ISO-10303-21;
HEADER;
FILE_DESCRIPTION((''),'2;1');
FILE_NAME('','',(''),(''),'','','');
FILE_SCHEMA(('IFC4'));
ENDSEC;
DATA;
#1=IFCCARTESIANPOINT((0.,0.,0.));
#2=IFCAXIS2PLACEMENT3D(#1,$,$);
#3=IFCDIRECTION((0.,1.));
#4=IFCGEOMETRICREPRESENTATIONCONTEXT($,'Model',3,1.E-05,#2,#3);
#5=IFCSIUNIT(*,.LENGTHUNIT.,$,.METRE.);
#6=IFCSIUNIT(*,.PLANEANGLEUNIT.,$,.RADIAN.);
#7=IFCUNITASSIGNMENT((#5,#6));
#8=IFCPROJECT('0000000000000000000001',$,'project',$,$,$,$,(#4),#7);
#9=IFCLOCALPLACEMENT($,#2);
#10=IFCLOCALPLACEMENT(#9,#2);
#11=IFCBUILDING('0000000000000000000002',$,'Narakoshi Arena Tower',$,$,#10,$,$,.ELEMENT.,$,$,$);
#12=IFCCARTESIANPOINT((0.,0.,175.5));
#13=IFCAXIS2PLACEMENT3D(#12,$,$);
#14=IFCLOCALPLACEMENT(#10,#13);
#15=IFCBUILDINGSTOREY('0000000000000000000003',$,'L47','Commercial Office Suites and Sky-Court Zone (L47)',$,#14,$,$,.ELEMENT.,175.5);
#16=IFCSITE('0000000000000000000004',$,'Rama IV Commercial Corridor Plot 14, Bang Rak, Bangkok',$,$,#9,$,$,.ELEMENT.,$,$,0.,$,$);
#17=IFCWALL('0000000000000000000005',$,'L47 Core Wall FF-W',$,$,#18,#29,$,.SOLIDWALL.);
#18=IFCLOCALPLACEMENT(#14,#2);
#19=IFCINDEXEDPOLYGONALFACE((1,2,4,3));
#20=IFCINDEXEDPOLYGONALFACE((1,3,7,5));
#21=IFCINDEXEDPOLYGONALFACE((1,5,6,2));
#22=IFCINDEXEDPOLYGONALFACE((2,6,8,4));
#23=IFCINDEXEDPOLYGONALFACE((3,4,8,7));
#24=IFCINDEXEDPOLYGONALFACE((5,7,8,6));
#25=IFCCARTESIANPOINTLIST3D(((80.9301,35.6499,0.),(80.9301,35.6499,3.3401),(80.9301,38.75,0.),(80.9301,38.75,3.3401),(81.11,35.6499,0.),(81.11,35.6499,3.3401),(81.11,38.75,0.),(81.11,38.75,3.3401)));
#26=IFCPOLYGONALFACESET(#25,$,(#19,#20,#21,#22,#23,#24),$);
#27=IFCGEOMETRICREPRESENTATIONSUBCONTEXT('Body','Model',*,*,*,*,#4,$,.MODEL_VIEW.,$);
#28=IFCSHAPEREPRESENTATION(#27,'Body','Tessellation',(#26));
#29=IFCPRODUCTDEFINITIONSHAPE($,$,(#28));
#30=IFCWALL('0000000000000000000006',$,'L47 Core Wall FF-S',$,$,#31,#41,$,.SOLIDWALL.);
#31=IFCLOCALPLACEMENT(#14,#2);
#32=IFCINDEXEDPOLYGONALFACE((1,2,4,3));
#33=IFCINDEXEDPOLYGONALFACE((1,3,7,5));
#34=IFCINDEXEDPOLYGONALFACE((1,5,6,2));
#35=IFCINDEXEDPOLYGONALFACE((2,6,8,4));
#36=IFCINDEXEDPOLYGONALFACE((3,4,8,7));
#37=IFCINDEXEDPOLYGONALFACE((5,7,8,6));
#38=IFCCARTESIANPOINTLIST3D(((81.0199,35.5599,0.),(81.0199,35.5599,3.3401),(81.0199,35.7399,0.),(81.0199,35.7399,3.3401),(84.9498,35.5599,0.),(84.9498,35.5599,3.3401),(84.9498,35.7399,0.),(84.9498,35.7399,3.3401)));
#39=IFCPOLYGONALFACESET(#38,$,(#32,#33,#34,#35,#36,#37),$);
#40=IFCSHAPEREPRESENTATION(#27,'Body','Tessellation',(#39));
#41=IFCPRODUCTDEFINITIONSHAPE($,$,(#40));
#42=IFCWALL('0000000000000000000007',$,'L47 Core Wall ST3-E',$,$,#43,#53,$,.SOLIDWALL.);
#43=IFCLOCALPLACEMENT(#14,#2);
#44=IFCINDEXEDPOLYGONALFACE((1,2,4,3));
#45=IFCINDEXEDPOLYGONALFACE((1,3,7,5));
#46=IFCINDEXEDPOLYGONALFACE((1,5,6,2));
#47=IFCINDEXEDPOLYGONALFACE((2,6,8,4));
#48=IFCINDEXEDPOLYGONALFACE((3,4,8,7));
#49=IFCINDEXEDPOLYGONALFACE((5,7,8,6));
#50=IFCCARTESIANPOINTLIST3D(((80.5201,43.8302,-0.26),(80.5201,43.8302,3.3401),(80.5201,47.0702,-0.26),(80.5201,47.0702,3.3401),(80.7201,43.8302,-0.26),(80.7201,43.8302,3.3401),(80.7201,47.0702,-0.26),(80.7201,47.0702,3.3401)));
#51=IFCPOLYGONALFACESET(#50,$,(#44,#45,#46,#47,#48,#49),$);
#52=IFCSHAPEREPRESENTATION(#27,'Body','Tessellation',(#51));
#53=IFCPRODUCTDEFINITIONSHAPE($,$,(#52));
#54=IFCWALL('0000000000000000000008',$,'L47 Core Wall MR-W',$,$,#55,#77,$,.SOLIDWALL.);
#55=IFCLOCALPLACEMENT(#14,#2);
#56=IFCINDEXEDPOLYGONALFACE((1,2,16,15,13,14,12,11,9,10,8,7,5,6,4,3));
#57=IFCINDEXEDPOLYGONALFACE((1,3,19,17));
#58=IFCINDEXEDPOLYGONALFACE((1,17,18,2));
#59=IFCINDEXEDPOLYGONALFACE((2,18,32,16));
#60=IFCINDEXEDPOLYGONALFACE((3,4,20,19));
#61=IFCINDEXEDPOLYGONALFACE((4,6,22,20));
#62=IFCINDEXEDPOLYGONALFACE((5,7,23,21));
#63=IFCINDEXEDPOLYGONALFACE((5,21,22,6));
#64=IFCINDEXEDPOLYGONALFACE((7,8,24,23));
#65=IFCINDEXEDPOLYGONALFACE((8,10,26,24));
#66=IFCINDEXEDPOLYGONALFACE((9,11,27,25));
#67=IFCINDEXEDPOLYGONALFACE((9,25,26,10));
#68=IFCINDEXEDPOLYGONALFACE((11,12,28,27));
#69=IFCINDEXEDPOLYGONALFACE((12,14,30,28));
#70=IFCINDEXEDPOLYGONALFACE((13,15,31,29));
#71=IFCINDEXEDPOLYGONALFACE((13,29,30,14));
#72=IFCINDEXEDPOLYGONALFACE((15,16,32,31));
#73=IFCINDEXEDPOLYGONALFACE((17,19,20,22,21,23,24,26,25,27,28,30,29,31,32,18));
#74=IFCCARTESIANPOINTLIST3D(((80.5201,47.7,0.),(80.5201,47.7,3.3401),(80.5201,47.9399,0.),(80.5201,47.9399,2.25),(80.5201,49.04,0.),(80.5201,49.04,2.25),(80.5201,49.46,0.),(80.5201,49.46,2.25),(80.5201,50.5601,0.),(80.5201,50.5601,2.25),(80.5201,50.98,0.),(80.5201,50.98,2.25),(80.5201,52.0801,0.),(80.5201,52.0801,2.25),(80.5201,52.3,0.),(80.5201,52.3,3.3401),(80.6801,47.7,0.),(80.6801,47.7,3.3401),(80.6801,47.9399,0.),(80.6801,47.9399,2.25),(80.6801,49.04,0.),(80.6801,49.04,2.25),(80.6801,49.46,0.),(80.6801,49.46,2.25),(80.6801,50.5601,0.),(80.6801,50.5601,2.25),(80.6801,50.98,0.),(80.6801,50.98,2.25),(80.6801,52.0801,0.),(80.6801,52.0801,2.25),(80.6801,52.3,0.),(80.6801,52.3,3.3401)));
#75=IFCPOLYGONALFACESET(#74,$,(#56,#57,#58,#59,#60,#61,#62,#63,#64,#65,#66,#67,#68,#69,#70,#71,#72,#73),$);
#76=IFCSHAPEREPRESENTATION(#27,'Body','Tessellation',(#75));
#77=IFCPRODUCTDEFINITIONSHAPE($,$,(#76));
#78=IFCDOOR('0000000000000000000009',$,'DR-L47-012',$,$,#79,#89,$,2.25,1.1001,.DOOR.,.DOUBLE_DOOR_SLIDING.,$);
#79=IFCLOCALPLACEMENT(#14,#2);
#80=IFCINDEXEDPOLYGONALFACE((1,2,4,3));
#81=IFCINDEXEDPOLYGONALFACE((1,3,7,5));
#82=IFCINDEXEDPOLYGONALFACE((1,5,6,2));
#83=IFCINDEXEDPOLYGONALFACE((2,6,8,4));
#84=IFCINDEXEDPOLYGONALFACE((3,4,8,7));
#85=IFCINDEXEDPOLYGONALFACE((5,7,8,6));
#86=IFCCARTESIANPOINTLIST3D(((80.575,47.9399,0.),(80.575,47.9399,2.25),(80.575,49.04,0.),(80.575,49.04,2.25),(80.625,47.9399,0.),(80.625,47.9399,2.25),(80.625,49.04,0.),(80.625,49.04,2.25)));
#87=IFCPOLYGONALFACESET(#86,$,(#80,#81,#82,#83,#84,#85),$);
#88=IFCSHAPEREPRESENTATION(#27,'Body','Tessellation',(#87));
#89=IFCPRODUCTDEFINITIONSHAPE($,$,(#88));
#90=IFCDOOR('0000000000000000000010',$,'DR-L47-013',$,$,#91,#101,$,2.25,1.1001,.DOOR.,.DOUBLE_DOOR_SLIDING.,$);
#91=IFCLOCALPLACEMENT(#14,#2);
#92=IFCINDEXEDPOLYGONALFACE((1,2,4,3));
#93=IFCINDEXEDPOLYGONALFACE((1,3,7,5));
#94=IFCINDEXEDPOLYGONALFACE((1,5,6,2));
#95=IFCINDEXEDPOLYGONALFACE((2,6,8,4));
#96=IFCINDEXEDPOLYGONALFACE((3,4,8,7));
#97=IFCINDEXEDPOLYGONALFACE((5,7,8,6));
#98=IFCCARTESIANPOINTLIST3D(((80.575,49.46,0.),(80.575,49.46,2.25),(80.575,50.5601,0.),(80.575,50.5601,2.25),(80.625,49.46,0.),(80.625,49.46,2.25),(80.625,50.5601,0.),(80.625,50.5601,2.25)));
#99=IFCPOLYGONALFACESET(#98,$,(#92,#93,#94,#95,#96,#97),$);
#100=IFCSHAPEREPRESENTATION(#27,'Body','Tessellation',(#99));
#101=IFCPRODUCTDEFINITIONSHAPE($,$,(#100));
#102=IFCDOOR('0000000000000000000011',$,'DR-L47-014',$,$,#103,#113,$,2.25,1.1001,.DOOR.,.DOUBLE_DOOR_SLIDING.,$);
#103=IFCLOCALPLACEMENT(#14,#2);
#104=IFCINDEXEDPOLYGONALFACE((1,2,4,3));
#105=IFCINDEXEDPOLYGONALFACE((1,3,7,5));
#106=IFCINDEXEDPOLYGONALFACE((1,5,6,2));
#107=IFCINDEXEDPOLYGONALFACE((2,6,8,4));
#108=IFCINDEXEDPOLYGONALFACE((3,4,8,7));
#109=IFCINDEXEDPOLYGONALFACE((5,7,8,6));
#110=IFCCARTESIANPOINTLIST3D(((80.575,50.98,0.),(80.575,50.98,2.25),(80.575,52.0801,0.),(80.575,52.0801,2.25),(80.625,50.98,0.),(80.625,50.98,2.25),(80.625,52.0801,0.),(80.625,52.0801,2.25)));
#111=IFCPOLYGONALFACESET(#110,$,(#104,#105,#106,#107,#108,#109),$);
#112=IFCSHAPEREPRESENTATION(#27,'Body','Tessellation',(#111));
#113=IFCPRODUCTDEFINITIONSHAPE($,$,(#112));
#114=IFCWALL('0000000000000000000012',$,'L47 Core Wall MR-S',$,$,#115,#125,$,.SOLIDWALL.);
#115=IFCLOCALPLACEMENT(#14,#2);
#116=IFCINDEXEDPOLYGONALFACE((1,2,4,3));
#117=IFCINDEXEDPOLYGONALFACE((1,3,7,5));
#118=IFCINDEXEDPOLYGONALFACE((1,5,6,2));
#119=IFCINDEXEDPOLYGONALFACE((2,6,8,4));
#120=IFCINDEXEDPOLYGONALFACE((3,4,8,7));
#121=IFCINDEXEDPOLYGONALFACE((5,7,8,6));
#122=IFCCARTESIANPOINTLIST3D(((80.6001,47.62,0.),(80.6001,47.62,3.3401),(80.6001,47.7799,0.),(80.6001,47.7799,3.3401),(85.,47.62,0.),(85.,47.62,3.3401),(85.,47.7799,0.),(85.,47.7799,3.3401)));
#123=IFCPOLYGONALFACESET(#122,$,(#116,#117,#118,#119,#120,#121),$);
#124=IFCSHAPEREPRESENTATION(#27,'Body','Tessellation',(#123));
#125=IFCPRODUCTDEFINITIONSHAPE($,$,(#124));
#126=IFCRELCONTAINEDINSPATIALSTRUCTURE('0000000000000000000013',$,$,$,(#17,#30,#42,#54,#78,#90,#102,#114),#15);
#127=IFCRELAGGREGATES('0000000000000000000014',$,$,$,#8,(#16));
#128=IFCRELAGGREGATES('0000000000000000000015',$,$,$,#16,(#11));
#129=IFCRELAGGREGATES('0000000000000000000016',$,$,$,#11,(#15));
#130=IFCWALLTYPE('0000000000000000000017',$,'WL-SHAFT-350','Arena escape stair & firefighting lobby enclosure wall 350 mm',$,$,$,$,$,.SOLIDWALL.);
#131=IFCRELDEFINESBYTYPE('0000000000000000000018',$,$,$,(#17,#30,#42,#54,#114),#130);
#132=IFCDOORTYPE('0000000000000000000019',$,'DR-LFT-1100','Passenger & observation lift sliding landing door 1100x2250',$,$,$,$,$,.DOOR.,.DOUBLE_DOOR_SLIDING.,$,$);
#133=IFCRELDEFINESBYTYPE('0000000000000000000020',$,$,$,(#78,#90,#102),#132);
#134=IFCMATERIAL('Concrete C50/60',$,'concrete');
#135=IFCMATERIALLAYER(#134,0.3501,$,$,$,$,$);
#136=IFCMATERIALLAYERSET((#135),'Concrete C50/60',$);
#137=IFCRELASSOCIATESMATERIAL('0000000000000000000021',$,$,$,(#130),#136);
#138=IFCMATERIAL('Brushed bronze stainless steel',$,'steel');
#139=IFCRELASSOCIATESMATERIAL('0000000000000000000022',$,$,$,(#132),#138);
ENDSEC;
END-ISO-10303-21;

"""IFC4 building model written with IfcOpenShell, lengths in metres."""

from ifc_helpers import new_model, si_unit, direction, frame, frame_2d, origin, place, context, subcontext, project, spatial, rectangle, extrude, material, layer, layer_set, type_object, element, fill, save


model = new_model("IFC4")

# Units and contexts
model_context = context("Model", 3, precision=1e-05, world=origin(), true_north=direction((0.0, 1.0)))
body_context = subcontext(model_context, "Body", "Model", "MODEL_VIEW")
ifc_project = project(units=[si_unit("LENGTHUNIT", "METRE"), si_unit("PLANEANGLEUNIT", "RADIAN")], contexts=[model_context])

# Site, building, storey
site_placement = place(None, origin())
site = spatial("IfcSite", under=ifc_project, at=site_placement, Name="Rama IV Commercial Corridor Plot 14, Bang Rak, Bangkok", CompositionType="ELEMENT", RefElevation=0.0)
building_placement = place(site_placement, origin())
building = spatial("IfcBuilding", under=site, at=building_placement, Name="Narakoshi Arena Tower", CompositionType="ELEMENT")
storey_placement = place(building_placement, frame((0.0, 0.0, 175.5)))
storey = spatial("IfcBuildingStorey", under=building, at=storey_placement, Name="L47", Description="Commercial Office Suites and Sky-Court Zone (L47)", CompositionType="ELEMENT", Elevation=175.5)

# Shared definitions
ifc_material_1 = material(Name="Concrete C50/60", Category="concrete")
ifc_layer_1 = layer(ifc_material_1, 0.3501)
ifc_layer_set_1 = layer_set([ifc_layer_1], Name="Concrete C50/60")
wall_type_1 = type_object("IfcWallType", Name="WL-SHAFT-350", Description="Arena escape stair & firefighting lobby enclosure wall 350 mm", PredefinedType="SOLIDWALL", material=ifc_layer_set_1)

# Shared definitions
ifc_material_2 = material(Name="Brushed bronze stainless steel", Category="steel")

# Walls
wall_1_placement = place(storey_placement, frame((81.02, 35.6499, 0.0), z_axis=(0.0, 0.0, 1.0), x_axis=(0.0, 1.0, 0.0)))
element("IfcWall", 1, at=wall_1_placement, inside=storey, type_object=wall_type_1, Name="L47 Core Wall FF-W", PredefinedType="SOLIDWALL", context=body_context, shape_type="SweptSolid", body=[
    extrude(rectangle(XDim=3.1001, YDim=0.1799, at=frame_2d((1.55, 0.0))), origin(), (0.0, 0.0, 1.0), 3.3401),
])
wall_2_placement = place(storey_placement, frame((81.02, 35.6499, 0.0), z_axis=(0.0, 0.0, 1.0), x_axis=(1.0, 0.0, 0.0)))
element("IfcWall", 2, at=wall_2_placement, inside=storey, type_object=wall_type_1, Name="L47 Core Wall FF-S", PredefinedType="SOLIDWALL", context=body_context, shape_type="SweptSolid", body=[
    extrude(rectangle(XDim=3.9299, YDim=0.1799, at=frame_2d((1.9648, 0.0))), origin(), (0.0, 0.0, 1.0), 3.3401),
])
wall_3_placement = place(storey_placement, frame((80.6201, 43.8301, -0.26), z_axis=(0.0, 0.0, 1.0), x_axis=(0.0, 1.0, 0.0)))
element("IfcWall", 3, at=wall_3_placement, inside=storey, type_object=wall_type_1, Name="L47 Core Wall ST3-E", PredefinedType="SOLIDWALL", context=body_context, shape_type="SweptSolid", body=[
    extrude(rectangle(XDim=3.24, YDim=0.2, at=frame_2d((1.6201, 0.0))), origin(), (0.0, 0.0, 1.0), 3.6001),
])

# Wall, openings, doors
wall_4_placement = place(storey_placement, frame((80.6001, 47.7, 0.0), z_axis=(0.0, 0.0, 1.0), x_axis=(0.0, 1.0, 0.0)))
wall_4 = element("IfcWall", 4, at=wall_4_placement, inside=storey, type_object=wall_type_1, Name="L47 Core Wall MR-W", PredefinedType="SOLIDWALL", context=body_context, shape_type="SweptSolid", body=[
    extrude(rectangle(XDim=4.6001, YDim=0.1599, at=frame_2d((2.3, 0.0))), origin(), (0.0, 0.0, 1.0), 3.3401),
])
opening_1_placement = place(wall_4_placement, frame((0.24, 0.0, 0.0)))
opening_1 = element("IfcOpeningElement", 5, at=opening_1_placement, cuts=wall_4, PredefinedType="OPENING", context=body_context, shape_type="SweptSolid", body=[
    extrude(rectangle(XDim=1.1001, YDim=2.25, at=frame_2d((0.55, 1.125))), frame((0.0, 0.0898, 0.0), z_axis=(0.0, -1.0, 0.0), x_axis=(1.0, 0.0, 0.0)), (0.0, 0.0, 1.0), 0.1799),
])
opening_2_placement = place(wall_4_placement, frame((1.76, 0.0, 0.0)))
opening_2 = element("IfcOpeningElement", 6, at=opening_2_placement, cuts=wall_4, PredefinedType="OPENING", context=body_context, shape_type="SweptSolid", body=[
    extrude(rectangle(XDim=1.1001, YDim=2.25, at=frame_2d((0.55, 1.125))), frame((0.0, 0.0898, 0.0), z_axis=(0.0, -1.0, 0.0), x_axis=(1.0, 0.0, 0.0)), (0.0, 0.0, 1.0), 0.1799),
])
opening_3_placement = place(wall_4_placement, frame((3.28, 0.0, 0.0)))
opening_3 = element("IfcOpeningElement", 7, at=opening_3_placement, cuts=wall_4, PredefinedType="OPENING", context=body_context, shape_type="SweptSolid", body=[
    extrude(rectangle(XDim=1.1001, YDim=2.25, at=frame_2d((0.55, 1.125))), frame((0.0, 0.0898, 0.0), z_axis=(0.0, -1.0, 0.0), x_axis=(1.0, 0.0, 0.0)), (0.0, 0.0, 1.0), 0.1799),
])
door_type_1 = type_object("IfcDoorType", Name="DR-LFT-1100", Description="Passenger & observation lift sliding landing door 1100x2250", OperationType="DOUBLE_DOOR_SLIDING", PredefinedType="DOOR", material=ifc_material_2)
door_1_placement = place(opening_1_placement, frame((1.1001, 0.0, 0.0), z_axis=(0.0, 0.0, 1.0), x_axis=(-1.0, 0.0, 0.0)))
door_1 = element("IfcDoor", 8, at=door_1_placement, inside=storey, type_object=door_type_1, Name="DR-L47-012", OperationType="DOUBLE_DOOR_SLIDING", OverallHeight=2.25, OverallWidth=1.1001, PredefinedType="DOOR", context=body_context, shape_type="SweptSolid", body=[
    extrude(rectangle(XDim=1.1001, YDim=2.25, at=frame_2d((0.55, 1.125))), frame((0.0, 0.0249, 0.0), z_axis=(0.0, -1.0, 0.0), x_axis=(1.0, 0.0, 0.0)), (0.0, 0.0, 1.0), 0.05),
])
fill(opening_1, door_1)
door_2_placement = place(opening_2_placement, frame((1.1001, 0.0, 0.0), z_axis=(0.0, 0.0, 1.0), x_axis=(-1.0, 0.0, 0.0)))
door_2 = element("IfcDoor", 9, at=door_2_placement, inside=storey, type_object=door_type_1, Name="DR-L47-013", OperationType="DOUBLE_DOOR_SLIDING", OverallHeight=2.25, OverallWidth=1.1001, PredefinedType="DOOR", context=body_context, shape_type="SweptSolid", body=[
    extrude(rectangle(XDim=1.1001, YDim=2.25, at=frame_2d((0.55, 1.125))), frame((0.0, 0.0249, 0.0), z_axis=(0.0, -1.0, 0.0), x_axis=(1.0, 0.0, 0.0)), (0.0, 0.0, 1.0), 0.05),
])
fill(opening_2, door_2)
door_3_placement = place(opening_3_placement, frame((1.1001, 0.0, 0.0), z_axis=(0.0, 0.0, 1.0), x_axis=(-1.0, 0.0, 0.0)))
door_3 = element("IfcDoor", 10, at=door_3_placement, inside=storey, type_object=door_type_1, Name="DR-L47-014", OperationType="DOUBLE_DOOR_SLIDING", OverallHeight=2.25, OverallWidth=1.1001, PredefinedType="DOOR", context=body_context, shape_type="SweptSolid", body=[
    extrude(rectangle(XDim=1.1001, YDim=2.25, at=frame_2d((0.55, 1.125))), frame((0.0, 0.0249, 0.0), z_axis=(0.0, -1.0, 0.0), x_axis=(1.0, 0.0, 0.0)), (0.0, 0.0, 1.0), 0.05),
])
fill(opening_3, door_3)

# Wall
wall_5_placement = place(storey_placement, frame((80.6001, 47.7, 0.0), z_axis=(0.0, 0.0, 1.0), x_axis=(1.0, 0.0, 0.0)))
element("IfcWall", 11, at=wall_5_placement, inside=storey, type_object=wall_type_1, Name="L47 Core Wall MR-S", PredefinedType="SOLIDWALL", context=body_context, shape_type="SweptSolid", body=[
    extrude(rectangle(XDim=4.3999, YDim=0.1599, at=frame_2d((2.2, 0.0))), origin(), (0.0, 0.0, 1.0), 3.3401),
])

save(model, "model.ifc")
